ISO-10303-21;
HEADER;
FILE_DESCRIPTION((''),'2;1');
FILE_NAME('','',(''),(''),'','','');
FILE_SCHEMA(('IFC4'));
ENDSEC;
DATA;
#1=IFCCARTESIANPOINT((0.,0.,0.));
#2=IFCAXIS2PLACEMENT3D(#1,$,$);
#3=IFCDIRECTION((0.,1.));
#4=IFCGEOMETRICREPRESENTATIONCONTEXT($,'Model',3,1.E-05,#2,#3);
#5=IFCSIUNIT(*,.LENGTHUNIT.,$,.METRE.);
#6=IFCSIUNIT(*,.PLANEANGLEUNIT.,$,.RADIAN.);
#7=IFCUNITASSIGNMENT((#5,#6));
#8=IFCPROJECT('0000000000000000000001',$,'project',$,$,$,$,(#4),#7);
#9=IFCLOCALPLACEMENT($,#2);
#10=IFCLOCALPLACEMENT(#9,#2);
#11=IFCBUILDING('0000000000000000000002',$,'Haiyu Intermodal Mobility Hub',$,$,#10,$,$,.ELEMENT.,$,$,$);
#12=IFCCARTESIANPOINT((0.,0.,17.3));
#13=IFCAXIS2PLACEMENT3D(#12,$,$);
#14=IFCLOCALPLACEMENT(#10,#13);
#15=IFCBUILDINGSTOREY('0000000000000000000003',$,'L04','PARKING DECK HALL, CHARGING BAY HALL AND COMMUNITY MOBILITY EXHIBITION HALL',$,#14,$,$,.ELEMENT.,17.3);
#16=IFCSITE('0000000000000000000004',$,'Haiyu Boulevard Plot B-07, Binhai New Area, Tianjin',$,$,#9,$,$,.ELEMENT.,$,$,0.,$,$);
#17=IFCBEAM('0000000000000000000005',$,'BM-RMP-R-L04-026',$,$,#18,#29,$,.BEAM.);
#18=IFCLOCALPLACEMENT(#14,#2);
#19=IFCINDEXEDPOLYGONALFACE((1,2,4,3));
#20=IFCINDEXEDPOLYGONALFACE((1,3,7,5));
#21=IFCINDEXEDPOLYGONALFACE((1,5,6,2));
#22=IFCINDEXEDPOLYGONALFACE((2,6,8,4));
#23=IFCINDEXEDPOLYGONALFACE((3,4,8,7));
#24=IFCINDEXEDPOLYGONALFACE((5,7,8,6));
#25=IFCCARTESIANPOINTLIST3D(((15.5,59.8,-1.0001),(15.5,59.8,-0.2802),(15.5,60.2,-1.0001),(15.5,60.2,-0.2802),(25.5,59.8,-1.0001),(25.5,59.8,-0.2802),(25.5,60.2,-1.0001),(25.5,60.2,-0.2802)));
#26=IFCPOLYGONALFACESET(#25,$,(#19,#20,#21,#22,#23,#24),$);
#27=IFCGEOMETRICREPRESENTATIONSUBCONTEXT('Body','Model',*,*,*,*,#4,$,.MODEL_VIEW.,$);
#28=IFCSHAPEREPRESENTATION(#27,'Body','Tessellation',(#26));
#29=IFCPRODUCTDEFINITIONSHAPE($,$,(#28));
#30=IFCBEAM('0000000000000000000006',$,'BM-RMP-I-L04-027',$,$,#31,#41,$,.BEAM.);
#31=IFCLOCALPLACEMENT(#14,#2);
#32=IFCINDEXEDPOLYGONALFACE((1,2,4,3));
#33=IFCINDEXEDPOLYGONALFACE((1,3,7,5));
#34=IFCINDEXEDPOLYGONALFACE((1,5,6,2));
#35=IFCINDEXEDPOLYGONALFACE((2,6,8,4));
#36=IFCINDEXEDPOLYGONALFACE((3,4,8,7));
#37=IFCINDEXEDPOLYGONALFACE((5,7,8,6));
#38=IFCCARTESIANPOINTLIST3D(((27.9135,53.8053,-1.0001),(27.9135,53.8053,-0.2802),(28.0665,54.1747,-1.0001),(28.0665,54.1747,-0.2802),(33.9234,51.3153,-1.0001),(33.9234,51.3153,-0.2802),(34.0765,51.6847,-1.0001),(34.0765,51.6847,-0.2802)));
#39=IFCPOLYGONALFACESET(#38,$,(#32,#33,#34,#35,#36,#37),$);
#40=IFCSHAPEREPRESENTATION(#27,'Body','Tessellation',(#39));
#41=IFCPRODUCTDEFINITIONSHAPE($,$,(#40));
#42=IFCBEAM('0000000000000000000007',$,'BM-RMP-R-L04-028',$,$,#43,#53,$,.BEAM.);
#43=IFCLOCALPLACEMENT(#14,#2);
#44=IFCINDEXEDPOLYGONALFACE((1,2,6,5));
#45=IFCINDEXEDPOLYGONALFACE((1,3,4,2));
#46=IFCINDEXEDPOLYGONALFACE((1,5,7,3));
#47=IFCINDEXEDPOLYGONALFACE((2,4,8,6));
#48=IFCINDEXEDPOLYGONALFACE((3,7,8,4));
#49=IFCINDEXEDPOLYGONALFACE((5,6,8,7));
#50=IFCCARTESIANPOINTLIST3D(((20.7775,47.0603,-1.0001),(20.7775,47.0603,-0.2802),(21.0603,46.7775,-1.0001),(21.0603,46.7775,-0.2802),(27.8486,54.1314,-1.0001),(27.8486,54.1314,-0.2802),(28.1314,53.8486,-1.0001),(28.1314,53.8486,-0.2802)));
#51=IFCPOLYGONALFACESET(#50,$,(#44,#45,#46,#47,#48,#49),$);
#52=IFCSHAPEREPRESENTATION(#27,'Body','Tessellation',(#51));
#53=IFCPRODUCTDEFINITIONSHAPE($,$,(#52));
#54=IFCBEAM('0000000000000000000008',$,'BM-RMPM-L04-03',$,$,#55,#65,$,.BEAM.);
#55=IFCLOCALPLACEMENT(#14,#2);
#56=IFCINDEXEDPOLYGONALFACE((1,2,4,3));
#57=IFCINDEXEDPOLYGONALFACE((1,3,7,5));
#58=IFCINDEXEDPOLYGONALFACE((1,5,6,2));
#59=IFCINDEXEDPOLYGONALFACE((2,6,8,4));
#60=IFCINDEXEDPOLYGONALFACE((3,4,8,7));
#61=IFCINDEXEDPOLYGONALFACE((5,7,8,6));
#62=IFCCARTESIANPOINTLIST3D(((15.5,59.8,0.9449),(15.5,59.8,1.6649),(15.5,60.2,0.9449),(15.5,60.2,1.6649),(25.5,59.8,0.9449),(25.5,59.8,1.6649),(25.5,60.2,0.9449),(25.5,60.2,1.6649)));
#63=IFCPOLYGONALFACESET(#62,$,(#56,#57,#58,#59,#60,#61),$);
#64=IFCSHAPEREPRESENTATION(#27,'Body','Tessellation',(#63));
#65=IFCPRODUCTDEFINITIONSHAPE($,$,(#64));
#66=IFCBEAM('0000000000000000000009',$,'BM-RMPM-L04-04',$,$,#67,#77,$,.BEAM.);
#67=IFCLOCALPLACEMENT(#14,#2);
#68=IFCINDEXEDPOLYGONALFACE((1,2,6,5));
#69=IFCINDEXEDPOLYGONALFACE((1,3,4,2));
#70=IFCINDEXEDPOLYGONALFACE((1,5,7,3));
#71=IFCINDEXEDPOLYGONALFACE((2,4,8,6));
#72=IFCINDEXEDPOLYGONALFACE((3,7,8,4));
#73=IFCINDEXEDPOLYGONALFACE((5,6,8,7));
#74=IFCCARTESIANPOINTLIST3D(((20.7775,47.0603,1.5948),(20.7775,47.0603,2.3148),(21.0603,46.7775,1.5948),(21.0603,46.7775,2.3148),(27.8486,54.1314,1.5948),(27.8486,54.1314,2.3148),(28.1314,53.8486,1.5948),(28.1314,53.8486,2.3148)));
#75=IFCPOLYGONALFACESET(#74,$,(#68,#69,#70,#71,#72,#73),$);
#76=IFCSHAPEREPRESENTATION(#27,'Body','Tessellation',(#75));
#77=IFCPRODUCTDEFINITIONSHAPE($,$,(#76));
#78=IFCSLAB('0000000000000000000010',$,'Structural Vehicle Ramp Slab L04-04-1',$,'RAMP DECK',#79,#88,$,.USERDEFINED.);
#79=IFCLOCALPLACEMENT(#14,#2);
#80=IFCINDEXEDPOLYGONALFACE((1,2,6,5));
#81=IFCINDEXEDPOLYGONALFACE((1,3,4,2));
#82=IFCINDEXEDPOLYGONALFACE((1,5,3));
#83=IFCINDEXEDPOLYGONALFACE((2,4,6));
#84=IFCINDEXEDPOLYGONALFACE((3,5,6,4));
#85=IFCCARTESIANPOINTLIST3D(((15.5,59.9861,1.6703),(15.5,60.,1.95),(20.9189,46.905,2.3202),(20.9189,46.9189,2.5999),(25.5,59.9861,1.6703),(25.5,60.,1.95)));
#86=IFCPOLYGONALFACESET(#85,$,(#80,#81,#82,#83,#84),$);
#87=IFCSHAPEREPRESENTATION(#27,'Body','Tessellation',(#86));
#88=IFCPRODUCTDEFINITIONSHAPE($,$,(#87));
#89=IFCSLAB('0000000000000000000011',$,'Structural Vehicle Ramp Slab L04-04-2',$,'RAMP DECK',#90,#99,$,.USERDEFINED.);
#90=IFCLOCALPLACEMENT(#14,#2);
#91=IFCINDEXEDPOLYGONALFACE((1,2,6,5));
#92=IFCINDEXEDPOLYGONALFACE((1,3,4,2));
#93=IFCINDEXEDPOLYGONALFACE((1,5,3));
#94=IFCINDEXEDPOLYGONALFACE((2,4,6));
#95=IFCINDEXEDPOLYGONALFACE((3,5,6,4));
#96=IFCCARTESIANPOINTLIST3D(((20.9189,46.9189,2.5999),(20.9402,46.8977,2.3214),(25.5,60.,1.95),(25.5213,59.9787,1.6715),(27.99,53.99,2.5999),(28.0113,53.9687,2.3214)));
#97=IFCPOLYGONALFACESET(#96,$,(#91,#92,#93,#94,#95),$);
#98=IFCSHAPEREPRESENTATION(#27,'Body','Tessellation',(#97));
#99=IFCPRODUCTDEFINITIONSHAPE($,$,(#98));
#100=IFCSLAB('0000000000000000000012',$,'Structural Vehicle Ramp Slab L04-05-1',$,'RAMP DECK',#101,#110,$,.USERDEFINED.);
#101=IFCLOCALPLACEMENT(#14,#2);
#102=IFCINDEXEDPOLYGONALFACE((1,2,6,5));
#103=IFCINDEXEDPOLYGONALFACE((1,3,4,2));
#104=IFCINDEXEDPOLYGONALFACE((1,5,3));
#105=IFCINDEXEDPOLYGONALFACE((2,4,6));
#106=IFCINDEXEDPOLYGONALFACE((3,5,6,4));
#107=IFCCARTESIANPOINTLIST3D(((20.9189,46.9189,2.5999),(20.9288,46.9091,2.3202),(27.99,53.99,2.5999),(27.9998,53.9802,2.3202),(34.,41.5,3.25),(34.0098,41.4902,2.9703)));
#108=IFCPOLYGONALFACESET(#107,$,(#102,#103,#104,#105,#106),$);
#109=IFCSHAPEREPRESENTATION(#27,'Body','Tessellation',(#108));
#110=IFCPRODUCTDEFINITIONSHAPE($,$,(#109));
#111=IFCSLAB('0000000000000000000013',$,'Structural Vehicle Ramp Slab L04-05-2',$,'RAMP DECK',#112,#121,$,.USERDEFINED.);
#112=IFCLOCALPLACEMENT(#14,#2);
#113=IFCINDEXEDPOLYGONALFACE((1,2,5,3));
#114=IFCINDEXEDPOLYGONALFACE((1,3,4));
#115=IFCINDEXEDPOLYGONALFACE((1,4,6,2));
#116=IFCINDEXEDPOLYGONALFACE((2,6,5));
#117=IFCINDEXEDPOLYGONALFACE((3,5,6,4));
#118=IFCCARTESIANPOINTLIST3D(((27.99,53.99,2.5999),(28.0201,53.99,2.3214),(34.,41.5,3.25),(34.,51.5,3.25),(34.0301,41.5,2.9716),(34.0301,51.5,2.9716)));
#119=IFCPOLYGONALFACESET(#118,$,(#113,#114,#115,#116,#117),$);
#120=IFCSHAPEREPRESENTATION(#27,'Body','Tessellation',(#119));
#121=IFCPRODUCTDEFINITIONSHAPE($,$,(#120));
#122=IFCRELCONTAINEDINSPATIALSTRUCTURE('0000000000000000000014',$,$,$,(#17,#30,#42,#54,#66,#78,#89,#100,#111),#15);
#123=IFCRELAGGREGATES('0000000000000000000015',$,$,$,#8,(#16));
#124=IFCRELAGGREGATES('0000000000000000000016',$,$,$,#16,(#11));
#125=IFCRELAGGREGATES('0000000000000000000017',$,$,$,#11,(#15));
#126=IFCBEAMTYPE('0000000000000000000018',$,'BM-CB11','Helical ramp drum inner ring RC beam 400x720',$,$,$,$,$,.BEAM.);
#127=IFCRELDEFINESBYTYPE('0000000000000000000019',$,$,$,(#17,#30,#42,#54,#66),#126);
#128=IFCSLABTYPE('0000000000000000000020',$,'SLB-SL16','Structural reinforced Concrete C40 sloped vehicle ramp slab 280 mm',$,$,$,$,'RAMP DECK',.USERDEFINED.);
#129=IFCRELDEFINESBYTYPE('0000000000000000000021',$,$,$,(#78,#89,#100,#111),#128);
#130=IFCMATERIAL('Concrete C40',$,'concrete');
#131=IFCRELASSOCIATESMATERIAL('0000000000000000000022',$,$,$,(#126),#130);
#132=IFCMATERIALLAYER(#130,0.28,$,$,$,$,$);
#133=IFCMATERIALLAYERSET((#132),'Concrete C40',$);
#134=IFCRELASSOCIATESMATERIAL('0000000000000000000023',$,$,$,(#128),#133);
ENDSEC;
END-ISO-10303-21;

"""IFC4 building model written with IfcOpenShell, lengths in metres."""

from ifc_helpers import new_model, si_unit, direction, frame, origin, origin_2d, place, context, subcontext, project, spatial, polyline, rectangle, outline, extrude, material, layer, layer_set, material_profile, profile_set, type_object, element, save


model = new_model("IFC4")

# Units and contexts
model_context = context("Model", 3, precision=1e-05, world=origin(), true_north=direction((0.0, 1.0)))
body_context = subcontext(model_context, "Body", "Model", "MODEL_VIEW")
ifc_project = project(units=[si_unit("LENGTHUNIT", "METRE"), si_unit("PLANEANGLEUNIT", "RADIAN")], contexts=[model_context])

# Site, building, storey
site_placement = place(None, origin())
site = spatial("IfcSite", under=ifc_project, at=site_placement, Name="Haiyu Boulevard Plot B-07, Binhai New Area, Tianjin", CompositionType="ELEMENT", RefElevation=0.0)
building_placement = place(site_placement, origin())
building = spatial("IfcBuilding", under=site, at=building_placement, Name="Haiyu Intermodal Mobility Hub", CompositionType="ELEMENT")
storey_placement = place(building_placement, frame((0.0, 0.0, 17.3)))
storey = spatial("IfcBuildingStorey", under=building, at=storey_placement, Name="L04", Description="PARKING DECK HALL, CHARGING BAY HALL AND COMMUNITY MOBILITY EXHIBITION HALL", CompositionType="ELEMENT", Elevation=17.3)

# Shared definitions
ifc_material_1 = material(Name="Concrete C40", Category="concrete")

# Beams
ifc_material_profile_1 = material_profile(ifc_material_1, rectangle(XDim=0.3999, YDim=0.72, at=origin_2d()), Name="RCB400x720")
ifc_profile_set_1 = profile_set([ifc_material_profile_1], Name="Concrete C40")
beam_type_1 = type_object("IfcBeamType", Name="BM-CB11", Description="Helical ramp drum inner ring RC beam 400x720", PredefinedType="BEAM", material=ifc_profile_set_1)
beam_1_placement = place(storey_placement, frame((25.5, 60.0, -0.6401), z_axis=(-1.0, 0.0, 0.0), x_axis=(0.0, -1.0, 0.0)))
element("IfcBeam", 1, at=beam_1_placement, inside=storey, type_object=beam_type_1, Name="BM-RMP-R-L04-026", PredefinedType="BEAM", context=body_context, shape_type="SweptSolid", body=[
    extrude(rectangle(XDim=0.3999, YDim=0.72, at=origin_2d()), origin(), (0.0, 0.0, 1.0), 10.0),
])
beam_2_placement = place(storey_placement, frame((27.99, 53.99, -0.6401), z_axis=(0.923849, -0.382757, 0.0), x_axis=(0.382757, 0.923849, 0.0)))
element("IfcBeam", 2, at=beam_2_placement, inside=storey, type_object=beam_type_1, Name="BM-RMP-I-L04-027", PredefinedType="BEAM", context=body_context, shape_type="SweptSolid", body=[
    extrude(rectangle(XDim=0.3999, YDim=0.72, at=origin_2d()), origin(), (0.0, 0.0, 1.0), 6.5054),
])
for number, where, z_axis, x_axis, name in (
    (3, (27.99, 53.99, -0.6401), (-0.707107, -0.707107, 0.0), (0.707107, -0.707107, 0.0), "BM-RMP-R-L04-028"),
    (4, (25.5, 60.0, 1.3049), (-1.0, 0.0, 0.0), (0.0, -1.0, 0.0), "BM-RMPM-L04-03"),
    (5, (27.99, 53.99, 1.9548), (-0.707107, -0.707107, 0.0), (0.707107, -0.707107, 0.0), "BM-RMPM-L04-04"),
):
    element("IfcBeam", number, at=place(storey_placement, frame(where, z_axis=z_axis, x_axis=x_axis)), inside=storey, type_object=beam_type_1, Name=name, PredefinedType="BEAM", context=body_context, shape_type="SweptSolid", body=[
        extrude(rectangle(XDim=0.3999, YDim=0.72, at=origin_2d()), origin(), (0.0, 0.0, 1.0), 10.0),
    ])

# Slabs
ifc_layer = layer(ifc_material_1, 0.28)
ifc_layer_set = layer_set([ifc_layer], Name="Concrete C40")
slab_type = type_object("IfcSlabType", Name="SLB-SL16", Description="Structural reinforced Concrete C40 sloped vehicle ramp slab 280 mm", ElementType="RAMP DECK", PredefinedType="USERDEFINED", material=ifc_layer_set)
slab_1_placement = place(storey_placement, frame((25.5, 60.0, 1.95), z_axis=(0.0, 0.049622, 0.998768), x_axis=(-1.0, 0.0, 0.0)))
element("IfcSlab", 6, at=slab_1_placement, inside=storey, type_object=slab_type, Name="Structural Vehicle Ramp Slab L04-04-1", ObjectType="RAMP DECK", PredefinedType="USERDEFINED", context=body_context, shape_type="SweptSolid", body=[
    extrude(outline(polyline([(0.0, 0.0), (10.0, 0.0), (4.5811, 13.0972), (0.0, 0.0)])), origin(), (0.0, 0.0, -1.0), 0.28),
])
slab_2_placement = place(storey_placement, frame((25.5, 60.0, 1.95), z_axis=(-0.076016, 0.076016, 0.994205), x_axis=(-0.33016, -0.942762, 0.046839)))
element("IfcSlab", 7, at=slab_2_placement, inside=storey, type_object=slab_type, Name="Structural Vehicle Ramp Slab L04-04-2", ObjectType="RAMP DECK", PredefinedType="USERDEFINED", context=body_context, shape_type="SweptSolid", body=[
    extrude(outline(polyline([(0.0, 0.0), (13.8752, 0.0), (4.8744, 4.357), (0.0, 0.0)])), origin(), (0.0, 0.0, -1.0), 0.28),
])
slab_3_placement = place(storey_placement, frame((27.99, 53.99, 2.5999), z_axis=(-0.0351, 0.0351, 0.998767), x_axis=(-0.707107, -0.707107, 0.0)))
element("IfcSlab", 8, at=slab_3_placement, inside=storey, type_object=slab_type, Name="Structural Vehicle Ramp Slab L04-05-1", ObjectType="RAMP DECK", PredefinedType="USERDEFINED", context=body_context, shape_type="SweptSolid", body=[
    extrude(outline(polyline([(0.0, 0.0), (10.0, 0.0), (4.582, 13.0976), (0.0, 0.0)])), origin(), (0.0, 0.0, -1.0), 0.28),
])
slab_4_placement = place(storey_placement, frame((27.99, 53.99, 2.5999), z_axis=(-0.10755, 0.0, 0.9942), x_axis=(0.433123, -0.900116, 0.046854)))
element("IfcSlab", 9, at=slab_4_placement, inside=storey, type_object=slab_type, Name="Structural Vehicle Ramp Slab L04-05-2", ObjectType="RAMP DECK", PredefinedType="USERDEFINED", context=body_context, shape_type="SweptSolid", body=[
    extrude(outline(polyline([(0.0, 0.0), (13.876, 0.0), (4.8748, 4.3565), (0.0, 0.0)])), origin(), (0.0, 0.0, -1.0), 0.28),
])

save(model, "model.ifc")
